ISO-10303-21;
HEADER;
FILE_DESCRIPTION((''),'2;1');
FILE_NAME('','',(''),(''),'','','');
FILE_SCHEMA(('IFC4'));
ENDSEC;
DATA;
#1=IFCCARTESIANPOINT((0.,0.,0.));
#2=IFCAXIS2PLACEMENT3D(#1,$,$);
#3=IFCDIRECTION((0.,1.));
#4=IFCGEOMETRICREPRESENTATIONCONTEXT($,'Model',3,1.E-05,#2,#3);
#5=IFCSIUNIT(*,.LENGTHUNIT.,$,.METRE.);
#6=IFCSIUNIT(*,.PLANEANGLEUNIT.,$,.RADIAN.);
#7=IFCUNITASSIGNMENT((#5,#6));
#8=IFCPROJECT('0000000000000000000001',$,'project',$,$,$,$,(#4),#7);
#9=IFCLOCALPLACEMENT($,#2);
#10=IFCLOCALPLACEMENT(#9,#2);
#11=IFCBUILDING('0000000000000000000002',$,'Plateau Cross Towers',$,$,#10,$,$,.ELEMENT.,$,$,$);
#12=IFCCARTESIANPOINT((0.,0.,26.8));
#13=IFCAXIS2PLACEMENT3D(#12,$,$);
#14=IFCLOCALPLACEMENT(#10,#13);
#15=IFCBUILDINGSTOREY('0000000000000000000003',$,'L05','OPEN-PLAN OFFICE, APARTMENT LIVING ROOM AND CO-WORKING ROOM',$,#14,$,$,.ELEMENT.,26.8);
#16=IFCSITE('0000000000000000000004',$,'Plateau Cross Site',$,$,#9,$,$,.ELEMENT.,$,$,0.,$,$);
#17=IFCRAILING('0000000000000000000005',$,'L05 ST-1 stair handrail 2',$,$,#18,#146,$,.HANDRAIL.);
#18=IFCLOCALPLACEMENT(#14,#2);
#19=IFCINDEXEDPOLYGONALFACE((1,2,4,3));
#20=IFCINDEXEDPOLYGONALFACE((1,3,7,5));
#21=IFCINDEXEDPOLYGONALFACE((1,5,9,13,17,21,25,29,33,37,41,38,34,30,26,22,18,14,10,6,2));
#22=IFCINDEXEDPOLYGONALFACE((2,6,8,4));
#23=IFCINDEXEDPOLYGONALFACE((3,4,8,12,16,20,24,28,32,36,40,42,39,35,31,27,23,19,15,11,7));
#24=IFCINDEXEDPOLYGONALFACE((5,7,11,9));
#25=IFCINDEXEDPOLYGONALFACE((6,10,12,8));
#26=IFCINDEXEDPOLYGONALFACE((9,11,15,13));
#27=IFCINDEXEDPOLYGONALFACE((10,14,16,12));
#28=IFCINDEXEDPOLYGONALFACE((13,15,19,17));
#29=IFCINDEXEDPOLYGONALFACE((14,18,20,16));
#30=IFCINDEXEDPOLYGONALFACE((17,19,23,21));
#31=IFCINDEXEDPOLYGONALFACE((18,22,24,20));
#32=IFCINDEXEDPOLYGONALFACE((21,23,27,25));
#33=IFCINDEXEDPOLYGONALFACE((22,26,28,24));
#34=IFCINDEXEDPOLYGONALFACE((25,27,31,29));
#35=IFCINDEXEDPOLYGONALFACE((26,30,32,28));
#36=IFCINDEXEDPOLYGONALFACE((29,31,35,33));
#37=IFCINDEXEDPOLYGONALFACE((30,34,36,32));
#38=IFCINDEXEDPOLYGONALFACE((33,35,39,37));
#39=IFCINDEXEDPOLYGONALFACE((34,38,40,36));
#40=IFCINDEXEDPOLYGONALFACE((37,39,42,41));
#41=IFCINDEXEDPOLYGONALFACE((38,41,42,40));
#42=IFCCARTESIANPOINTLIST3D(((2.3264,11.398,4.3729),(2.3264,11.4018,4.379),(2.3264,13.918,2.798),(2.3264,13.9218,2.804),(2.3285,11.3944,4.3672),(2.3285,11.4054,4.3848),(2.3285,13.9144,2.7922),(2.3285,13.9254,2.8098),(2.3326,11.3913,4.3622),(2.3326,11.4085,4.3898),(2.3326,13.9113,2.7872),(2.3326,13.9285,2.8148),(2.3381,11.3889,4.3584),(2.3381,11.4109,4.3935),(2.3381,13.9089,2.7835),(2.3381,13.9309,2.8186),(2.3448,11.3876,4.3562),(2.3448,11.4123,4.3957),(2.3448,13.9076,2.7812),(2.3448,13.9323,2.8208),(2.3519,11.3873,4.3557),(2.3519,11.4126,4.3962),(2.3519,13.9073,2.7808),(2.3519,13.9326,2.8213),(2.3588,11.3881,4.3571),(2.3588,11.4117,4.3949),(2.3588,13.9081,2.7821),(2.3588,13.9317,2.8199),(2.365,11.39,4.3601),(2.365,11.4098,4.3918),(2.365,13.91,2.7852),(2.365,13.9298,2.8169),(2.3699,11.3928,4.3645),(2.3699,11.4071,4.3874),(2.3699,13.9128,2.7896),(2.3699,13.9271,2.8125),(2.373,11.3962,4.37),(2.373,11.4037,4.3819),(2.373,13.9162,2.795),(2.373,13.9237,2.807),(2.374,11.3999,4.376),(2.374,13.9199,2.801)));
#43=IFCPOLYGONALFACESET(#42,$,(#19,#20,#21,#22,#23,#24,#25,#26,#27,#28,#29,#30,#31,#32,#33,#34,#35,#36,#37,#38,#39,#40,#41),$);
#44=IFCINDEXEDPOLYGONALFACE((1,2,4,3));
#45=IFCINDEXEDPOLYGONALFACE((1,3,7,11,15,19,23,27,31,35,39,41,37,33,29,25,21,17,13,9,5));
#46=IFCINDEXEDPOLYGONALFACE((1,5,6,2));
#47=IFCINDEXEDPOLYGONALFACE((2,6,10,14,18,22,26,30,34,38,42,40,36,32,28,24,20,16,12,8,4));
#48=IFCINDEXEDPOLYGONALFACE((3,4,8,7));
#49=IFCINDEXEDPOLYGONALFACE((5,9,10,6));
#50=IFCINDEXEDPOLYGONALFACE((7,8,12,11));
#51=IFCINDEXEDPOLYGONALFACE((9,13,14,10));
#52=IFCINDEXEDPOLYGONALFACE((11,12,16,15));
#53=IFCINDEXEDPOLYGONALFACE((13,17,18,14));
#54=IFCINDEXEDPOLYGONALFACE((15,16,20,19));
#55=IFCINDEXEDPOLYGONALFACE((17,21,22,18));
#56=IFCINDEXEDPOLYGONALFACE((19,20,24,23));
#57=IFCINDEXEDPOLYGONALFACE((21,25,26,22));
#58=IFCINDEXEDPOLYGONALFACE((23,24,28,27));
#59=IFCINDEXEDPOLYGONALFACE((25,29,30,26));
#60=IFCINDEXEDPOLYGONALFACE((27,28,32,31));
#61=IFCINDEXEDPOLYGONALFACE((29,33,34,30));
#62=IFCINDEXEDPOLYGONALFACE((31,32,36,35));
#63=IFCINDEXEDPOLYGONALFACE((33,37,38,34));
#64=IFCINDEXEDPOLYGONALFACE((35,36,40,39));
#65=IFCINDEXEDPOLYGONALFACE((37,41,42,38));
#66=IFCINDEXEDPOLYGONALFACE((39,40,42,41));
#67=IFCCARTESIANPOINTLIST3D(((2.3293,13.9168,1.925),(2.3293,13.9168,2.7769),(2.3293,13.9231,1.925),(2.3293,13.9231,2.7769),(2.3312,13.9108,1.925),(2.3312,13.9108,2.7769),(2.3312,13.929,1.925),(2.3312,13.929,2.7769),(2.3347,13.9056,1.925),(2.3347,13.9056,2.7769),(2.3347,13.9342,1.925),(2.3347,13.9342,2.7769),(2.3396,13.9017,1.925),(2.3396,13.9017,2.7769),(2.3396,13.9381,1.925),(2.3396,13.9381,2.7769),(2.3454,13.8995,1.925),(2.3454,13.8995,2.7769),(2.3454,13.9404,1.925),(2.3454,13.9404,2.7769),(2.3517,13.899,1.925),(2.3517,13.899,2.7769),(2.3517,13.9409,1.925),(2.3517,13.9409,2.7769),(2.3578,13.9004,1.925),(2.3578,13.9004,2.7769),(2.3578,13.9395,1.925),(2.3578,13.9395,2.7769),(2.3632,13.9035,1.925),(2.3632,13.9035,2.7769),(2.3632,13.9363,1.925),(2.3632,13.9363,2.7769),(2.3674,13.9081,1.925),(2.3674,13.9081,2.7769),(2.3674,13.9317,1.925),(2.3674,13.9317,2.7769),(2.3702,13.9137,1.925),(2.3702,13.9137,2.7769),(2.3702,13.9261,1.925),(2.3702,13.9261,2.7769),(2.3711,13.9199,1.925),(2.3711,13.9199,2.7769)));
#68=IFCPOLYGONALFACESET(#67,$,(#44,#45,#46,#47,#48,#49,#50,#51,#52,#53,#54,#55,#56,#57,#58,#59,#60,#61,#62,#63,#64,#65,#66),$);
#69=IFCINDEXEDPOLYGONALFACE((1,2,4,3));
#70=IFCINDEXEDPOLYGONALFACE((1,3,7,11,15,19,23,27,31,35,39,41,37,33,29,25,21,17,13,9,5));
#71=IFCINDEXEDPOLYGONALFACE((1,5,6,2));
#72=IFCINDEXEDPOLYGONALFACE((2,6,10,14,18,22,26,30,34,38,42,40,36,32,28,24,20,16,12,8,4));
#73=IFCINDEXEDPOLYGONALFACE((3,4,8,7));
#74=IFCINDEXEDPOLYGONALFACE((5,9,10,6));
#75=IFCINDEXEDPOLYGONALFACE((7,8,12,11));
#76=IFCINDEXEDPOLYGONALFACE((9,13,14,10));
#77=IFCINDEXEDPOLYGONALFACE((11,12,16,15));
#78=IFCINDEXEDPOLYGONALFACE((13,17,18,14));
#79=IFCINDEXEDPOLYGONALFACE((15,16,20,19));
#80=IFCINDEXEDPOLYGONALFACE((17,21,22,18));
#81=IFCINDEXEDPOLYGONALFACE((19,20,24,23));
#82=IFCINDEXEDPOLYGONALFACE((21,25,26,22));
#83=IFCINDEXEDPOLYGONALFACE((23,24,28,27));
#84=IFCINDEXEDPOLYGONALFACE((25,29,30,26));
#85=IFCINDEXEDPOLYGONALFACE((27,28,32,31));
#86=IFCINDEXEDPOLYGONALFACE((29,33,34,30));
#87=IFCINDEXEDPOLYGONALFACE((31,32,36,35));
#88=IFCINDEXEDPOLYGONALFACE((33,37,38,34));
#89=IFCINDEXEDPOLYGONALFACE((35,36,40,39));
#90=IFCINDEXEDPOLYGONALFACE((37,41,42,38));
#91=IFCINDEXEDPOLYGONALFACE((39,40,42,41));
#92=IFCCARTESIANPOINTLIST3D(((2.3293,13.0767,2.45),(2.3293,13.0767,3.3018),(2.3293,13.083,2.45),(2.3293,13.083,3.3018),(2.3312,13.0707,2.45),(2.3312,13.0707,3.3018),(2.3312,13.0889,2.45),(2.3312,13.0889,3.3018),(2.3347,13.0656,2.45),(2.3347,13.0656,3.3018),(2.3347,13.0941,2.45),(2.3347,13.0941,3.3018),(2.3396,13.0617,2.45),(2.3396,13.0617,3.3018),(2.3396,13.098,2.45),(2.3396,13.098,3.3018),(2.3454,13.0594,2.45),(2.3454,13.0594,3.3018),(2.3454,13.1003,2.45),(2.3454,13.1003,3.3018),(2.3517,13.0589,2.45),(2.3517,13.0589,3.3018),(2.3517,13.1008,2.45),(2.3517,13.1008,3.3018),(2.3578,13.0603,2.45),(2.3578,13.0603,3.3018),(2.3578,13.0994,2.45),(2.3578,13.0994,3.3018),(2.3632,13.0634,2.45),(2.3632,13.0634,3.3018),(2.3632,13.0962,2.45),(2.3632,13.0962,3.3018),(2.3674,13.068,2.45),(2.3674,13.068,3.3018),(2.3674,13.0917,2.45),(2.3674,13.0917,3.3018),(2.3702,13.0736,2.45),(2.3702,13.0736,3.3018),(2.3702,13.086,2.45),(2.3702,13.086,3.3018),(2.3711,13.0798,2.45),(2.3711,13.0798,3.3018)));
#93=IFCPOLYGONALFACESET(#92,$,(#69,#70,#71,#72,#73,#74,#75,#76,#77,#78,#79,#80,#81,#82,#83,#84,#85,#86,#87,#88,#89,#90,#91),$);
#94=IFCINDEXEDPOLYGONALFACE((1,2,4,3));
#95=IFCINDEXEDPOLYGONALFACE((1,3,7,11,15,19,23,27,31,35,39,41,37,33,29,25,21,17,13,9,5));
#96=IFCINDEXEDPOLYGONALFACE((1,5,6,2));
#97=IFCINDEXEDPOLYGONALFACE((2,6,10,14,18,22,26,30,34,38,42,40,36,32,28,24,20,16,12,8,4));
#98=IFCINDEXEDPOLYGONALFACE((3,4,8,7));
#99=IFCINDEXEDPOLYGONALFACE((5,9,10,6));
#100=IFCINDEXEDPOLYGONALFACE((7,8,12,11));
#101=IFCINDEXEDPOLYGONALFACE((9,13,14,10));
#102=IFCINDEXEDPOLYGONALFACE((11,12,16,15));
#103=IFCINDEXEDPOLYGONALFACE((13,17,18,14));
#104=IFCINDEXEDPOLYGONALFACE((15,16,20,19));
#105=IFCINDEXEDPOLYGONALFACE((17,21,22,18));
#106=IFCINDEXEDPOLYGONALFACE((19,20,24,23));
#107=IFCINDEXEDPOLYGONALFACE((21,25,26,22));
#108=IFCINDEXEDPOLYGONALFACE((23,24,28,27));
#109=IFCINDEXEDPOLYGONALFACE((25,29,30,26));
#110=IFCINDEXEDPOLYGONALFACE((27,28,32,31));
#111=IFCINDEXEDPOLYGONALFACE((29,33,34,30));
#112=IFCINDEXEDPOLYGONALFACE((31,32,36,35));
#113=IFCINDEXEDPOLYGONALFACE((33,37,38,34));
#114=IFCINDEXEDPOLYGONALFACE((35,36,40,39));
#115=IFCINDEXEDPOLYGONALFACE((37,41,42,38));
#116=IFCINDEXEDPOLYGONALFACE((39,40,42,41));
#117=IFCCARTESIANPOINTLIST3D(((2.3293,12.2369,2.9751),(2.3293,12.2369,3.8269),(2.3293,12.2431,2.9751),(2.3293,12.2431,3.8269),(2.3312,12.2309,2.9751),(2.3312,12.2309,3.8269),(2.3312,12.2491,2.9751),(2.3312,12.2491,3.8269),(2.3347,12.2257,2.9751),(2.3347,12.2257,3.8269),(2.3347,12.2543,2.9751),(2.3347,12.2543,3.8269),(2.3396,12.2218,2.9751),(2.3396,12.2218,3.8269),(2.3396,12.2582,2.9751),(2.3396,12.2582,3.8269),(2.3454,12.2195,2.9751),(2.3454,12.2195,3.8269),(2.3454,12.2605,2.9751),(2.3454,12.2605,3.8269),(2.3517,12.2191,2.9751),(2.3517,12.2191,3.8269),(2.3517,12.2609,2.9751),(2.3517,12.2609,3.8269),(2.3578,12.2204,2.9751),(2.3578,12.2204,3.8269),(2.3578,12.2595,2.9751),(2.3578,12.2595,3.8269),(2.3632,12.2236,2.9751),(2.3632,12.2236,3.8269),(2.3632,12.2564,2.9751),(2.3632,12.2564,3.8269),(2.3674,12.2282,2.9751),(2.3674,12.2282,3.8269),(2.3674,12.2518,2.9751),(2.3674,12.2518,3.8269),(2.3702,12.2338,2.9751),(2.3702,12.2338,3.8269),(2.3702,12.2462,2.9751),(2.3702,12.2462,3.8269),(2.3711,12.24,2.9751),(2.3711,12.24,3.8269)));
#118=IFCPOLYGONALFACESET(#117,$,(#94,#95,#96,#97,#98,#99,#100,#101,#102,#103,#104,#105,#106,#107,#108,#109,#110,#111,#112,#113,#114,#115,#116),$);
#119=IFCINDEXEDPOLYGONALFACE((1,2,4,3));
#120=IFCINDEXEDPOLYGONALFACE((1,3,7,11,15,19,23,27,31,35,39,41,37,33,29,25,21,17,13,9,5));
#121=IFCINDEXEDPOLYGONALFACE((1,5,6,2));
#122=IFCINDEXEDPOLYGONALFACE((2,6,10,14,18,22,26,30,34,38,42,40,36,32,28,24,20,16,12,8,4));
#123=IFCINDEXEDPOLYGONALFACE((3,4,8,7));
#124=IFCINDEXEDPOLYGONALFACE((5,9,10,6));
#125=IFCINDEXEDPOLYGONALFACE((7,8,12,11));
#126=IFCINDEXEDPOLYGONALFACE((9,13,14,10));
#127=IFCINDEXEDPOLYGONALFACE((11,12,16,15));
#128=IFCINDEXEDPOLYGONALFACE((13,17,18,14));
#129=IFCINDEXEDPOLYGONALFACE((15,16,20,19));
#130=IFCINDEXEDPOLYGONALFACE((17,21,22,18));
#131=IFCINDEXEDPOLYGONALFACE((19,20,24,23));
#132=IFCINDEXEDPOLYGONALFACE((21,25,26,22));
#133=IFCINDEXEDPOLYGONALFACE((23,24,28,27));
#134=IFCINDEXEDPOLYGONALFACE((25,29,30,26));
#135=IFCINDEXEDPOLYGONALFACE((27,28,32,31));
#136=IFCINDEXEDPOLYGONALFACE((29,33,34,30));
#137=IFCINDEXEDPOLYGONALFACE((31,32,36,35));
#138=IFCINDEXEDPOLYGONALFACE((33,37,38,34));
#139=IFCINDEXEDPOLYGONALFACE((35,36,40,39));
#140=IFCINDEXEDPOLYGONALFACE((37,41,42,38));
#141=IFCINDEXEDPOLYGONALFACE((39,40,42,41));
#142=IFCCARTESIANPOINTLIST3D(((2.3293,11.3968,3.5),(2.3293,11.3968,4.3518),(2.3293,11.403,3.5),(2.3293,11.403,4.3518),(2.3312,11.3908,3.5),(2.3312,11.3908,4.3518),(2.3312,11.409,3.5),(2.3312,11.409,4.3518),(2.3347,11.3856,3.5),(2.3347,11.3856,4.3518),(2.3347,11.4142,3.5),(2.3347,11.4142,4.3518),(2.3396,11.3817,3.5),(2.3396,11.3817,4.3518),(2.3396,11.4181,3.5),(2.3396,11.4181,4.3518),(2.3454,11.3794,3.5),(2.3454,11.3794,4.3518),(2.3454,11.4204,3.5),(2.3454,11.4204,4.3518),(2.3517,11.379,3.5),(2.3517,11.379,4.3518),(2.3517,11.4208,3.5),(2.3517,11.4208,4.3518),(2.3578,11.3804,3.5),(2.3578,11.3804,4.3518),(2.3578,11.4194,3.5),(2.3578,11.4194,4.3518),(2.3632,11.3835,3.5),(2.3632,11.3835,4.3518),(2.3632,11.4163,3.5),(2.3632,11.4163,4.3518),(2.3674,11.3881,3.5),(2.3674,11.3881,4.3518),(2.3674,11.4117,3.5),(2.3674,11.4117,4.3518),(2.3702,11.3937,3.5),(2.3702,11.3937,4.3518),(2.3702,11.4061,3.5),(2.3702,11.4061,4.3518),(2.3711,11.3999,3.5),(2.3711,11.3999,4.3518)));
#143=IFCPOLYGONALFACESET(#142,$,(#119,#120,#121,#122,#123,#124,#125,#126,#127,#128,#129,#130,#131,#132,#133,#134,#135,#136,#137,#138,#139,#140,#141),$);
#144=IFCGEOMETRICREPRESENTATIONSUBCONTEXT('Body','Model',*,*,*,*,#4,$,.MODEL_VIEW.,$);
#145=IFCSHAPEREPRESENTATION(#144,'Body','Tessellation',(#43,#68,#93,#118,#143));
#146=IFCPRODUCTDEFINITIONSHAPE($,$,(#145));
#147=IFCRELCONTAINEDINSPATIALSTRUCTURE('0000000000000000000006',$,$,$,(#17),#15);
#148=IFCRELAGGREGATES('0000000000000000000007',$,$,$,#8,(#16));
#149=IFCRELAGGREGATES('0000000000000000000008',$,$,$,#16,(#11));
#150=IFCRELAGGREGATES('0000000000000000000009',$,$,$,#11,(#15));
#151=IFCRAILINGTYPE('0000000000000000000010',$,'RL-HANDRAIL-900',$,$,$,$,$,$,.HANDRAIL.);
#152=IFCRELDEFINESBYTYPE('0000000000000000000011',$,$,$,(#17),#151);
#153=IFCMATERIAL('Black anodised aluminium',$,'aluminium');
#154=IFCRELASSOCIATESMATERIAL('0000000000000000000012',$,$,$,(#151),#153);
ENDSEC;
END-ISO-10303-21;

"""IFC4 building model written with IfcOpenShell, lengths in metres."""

from ifc_helpers import new_model, si_unit, direction, frame, origin, origin_2d, place, context, subcontext, project, spatial, circle, extrude, material, type_object, element, save


model = new_model("IFC4")

# Units and contexts
model_context = context("Model", 3, precision=1e-05, world=origin(), true_north=direction((0.0, 1.0)))
body_context = subcontext(model_context, "Body", "Model", "MODEL_VIEW")
ifc_project = project(units=[si_unit("LENGTHUNIT", "METRE"), si_unit("PLANEANGLEUNIT", "RADIAN")], contexts=[model_context])

# Site, building, storey
site_placement = place(None, origin())
site = spatial("IfcSite", under=ifc_project, at=site_placement, Name="Plateau Cross Site", CompositionType="ELEMENT", RefElevation=0.0)
building_placement = place(site_placement, origin())
building = spatial("IfcBuilding", under=site, at=building_placement, Name="Plateau Cross Towers", CompositionType="ELEMENT")
storey_placement = place(building_placement, frame((0.0, 0.0, 26.8)))
storey = spatial("IfcBuildingStorey", under=building, at=storey_placement, Name="L05", Description="OPEN-PLAN OFFICE, APARTMENT LIVING ROOM AND CO-WORKING ROOM", CompositionType="ELEMENT", Elevation=26.8)

# Shared definitions
ifc_material_1 = material(Name="Black anodised aluminium", Category="aluminium")

# Railing
railing_type = type_object("IfcRailingType", Name="RL-HANDRAIL-900", PredefinedType="HANDRAIL", material=ifc_material_1)
railing_placement = place(storey_placement, frame((2.3501, 13.9199, 1.925)))
element("IfcRailing", 1, at=railing_placement, inside=storey, type_object=railing_type, Name="L05 ST-1 stair handrail 2", PredefinedType="HANDRAIL", context=body_context, shape_type="SweptSolid", body=[
    extrude(circle(Radius=0.0239, at=origin_2d()), frame((0.0, 0.0, 0.876), z_axis=(0.0, -0.848008, 0.529984), x_axis=(1.0, 0.0, 0.0)), (0.0, 0.0, 1.0), 2.9717),
    extrude(circle(Radius=0.021, at=origin_2d()), origin(), (0.0, 0.0, 1.0), 0.8518),
    extrude(circle(Radius=0.021, at=origin_2d()), frame((0.0, -0.8401, 0.5249)), (0.0, 0.0, 1.0), 0.8518),
    extrude(circle(Radius=0.021, at=origin_2d()), frame((0.0, -1.6799, 1.05)), (0.0, 0.0, 1.0), 0.8518),
    extrude(circle(Radius=0.021, at=origin_2d()), frame((0.0, -2.52, 1.575)), (0.0, 0.0, 1.0), 0.8518),
])

save(model, "model.ifc")
